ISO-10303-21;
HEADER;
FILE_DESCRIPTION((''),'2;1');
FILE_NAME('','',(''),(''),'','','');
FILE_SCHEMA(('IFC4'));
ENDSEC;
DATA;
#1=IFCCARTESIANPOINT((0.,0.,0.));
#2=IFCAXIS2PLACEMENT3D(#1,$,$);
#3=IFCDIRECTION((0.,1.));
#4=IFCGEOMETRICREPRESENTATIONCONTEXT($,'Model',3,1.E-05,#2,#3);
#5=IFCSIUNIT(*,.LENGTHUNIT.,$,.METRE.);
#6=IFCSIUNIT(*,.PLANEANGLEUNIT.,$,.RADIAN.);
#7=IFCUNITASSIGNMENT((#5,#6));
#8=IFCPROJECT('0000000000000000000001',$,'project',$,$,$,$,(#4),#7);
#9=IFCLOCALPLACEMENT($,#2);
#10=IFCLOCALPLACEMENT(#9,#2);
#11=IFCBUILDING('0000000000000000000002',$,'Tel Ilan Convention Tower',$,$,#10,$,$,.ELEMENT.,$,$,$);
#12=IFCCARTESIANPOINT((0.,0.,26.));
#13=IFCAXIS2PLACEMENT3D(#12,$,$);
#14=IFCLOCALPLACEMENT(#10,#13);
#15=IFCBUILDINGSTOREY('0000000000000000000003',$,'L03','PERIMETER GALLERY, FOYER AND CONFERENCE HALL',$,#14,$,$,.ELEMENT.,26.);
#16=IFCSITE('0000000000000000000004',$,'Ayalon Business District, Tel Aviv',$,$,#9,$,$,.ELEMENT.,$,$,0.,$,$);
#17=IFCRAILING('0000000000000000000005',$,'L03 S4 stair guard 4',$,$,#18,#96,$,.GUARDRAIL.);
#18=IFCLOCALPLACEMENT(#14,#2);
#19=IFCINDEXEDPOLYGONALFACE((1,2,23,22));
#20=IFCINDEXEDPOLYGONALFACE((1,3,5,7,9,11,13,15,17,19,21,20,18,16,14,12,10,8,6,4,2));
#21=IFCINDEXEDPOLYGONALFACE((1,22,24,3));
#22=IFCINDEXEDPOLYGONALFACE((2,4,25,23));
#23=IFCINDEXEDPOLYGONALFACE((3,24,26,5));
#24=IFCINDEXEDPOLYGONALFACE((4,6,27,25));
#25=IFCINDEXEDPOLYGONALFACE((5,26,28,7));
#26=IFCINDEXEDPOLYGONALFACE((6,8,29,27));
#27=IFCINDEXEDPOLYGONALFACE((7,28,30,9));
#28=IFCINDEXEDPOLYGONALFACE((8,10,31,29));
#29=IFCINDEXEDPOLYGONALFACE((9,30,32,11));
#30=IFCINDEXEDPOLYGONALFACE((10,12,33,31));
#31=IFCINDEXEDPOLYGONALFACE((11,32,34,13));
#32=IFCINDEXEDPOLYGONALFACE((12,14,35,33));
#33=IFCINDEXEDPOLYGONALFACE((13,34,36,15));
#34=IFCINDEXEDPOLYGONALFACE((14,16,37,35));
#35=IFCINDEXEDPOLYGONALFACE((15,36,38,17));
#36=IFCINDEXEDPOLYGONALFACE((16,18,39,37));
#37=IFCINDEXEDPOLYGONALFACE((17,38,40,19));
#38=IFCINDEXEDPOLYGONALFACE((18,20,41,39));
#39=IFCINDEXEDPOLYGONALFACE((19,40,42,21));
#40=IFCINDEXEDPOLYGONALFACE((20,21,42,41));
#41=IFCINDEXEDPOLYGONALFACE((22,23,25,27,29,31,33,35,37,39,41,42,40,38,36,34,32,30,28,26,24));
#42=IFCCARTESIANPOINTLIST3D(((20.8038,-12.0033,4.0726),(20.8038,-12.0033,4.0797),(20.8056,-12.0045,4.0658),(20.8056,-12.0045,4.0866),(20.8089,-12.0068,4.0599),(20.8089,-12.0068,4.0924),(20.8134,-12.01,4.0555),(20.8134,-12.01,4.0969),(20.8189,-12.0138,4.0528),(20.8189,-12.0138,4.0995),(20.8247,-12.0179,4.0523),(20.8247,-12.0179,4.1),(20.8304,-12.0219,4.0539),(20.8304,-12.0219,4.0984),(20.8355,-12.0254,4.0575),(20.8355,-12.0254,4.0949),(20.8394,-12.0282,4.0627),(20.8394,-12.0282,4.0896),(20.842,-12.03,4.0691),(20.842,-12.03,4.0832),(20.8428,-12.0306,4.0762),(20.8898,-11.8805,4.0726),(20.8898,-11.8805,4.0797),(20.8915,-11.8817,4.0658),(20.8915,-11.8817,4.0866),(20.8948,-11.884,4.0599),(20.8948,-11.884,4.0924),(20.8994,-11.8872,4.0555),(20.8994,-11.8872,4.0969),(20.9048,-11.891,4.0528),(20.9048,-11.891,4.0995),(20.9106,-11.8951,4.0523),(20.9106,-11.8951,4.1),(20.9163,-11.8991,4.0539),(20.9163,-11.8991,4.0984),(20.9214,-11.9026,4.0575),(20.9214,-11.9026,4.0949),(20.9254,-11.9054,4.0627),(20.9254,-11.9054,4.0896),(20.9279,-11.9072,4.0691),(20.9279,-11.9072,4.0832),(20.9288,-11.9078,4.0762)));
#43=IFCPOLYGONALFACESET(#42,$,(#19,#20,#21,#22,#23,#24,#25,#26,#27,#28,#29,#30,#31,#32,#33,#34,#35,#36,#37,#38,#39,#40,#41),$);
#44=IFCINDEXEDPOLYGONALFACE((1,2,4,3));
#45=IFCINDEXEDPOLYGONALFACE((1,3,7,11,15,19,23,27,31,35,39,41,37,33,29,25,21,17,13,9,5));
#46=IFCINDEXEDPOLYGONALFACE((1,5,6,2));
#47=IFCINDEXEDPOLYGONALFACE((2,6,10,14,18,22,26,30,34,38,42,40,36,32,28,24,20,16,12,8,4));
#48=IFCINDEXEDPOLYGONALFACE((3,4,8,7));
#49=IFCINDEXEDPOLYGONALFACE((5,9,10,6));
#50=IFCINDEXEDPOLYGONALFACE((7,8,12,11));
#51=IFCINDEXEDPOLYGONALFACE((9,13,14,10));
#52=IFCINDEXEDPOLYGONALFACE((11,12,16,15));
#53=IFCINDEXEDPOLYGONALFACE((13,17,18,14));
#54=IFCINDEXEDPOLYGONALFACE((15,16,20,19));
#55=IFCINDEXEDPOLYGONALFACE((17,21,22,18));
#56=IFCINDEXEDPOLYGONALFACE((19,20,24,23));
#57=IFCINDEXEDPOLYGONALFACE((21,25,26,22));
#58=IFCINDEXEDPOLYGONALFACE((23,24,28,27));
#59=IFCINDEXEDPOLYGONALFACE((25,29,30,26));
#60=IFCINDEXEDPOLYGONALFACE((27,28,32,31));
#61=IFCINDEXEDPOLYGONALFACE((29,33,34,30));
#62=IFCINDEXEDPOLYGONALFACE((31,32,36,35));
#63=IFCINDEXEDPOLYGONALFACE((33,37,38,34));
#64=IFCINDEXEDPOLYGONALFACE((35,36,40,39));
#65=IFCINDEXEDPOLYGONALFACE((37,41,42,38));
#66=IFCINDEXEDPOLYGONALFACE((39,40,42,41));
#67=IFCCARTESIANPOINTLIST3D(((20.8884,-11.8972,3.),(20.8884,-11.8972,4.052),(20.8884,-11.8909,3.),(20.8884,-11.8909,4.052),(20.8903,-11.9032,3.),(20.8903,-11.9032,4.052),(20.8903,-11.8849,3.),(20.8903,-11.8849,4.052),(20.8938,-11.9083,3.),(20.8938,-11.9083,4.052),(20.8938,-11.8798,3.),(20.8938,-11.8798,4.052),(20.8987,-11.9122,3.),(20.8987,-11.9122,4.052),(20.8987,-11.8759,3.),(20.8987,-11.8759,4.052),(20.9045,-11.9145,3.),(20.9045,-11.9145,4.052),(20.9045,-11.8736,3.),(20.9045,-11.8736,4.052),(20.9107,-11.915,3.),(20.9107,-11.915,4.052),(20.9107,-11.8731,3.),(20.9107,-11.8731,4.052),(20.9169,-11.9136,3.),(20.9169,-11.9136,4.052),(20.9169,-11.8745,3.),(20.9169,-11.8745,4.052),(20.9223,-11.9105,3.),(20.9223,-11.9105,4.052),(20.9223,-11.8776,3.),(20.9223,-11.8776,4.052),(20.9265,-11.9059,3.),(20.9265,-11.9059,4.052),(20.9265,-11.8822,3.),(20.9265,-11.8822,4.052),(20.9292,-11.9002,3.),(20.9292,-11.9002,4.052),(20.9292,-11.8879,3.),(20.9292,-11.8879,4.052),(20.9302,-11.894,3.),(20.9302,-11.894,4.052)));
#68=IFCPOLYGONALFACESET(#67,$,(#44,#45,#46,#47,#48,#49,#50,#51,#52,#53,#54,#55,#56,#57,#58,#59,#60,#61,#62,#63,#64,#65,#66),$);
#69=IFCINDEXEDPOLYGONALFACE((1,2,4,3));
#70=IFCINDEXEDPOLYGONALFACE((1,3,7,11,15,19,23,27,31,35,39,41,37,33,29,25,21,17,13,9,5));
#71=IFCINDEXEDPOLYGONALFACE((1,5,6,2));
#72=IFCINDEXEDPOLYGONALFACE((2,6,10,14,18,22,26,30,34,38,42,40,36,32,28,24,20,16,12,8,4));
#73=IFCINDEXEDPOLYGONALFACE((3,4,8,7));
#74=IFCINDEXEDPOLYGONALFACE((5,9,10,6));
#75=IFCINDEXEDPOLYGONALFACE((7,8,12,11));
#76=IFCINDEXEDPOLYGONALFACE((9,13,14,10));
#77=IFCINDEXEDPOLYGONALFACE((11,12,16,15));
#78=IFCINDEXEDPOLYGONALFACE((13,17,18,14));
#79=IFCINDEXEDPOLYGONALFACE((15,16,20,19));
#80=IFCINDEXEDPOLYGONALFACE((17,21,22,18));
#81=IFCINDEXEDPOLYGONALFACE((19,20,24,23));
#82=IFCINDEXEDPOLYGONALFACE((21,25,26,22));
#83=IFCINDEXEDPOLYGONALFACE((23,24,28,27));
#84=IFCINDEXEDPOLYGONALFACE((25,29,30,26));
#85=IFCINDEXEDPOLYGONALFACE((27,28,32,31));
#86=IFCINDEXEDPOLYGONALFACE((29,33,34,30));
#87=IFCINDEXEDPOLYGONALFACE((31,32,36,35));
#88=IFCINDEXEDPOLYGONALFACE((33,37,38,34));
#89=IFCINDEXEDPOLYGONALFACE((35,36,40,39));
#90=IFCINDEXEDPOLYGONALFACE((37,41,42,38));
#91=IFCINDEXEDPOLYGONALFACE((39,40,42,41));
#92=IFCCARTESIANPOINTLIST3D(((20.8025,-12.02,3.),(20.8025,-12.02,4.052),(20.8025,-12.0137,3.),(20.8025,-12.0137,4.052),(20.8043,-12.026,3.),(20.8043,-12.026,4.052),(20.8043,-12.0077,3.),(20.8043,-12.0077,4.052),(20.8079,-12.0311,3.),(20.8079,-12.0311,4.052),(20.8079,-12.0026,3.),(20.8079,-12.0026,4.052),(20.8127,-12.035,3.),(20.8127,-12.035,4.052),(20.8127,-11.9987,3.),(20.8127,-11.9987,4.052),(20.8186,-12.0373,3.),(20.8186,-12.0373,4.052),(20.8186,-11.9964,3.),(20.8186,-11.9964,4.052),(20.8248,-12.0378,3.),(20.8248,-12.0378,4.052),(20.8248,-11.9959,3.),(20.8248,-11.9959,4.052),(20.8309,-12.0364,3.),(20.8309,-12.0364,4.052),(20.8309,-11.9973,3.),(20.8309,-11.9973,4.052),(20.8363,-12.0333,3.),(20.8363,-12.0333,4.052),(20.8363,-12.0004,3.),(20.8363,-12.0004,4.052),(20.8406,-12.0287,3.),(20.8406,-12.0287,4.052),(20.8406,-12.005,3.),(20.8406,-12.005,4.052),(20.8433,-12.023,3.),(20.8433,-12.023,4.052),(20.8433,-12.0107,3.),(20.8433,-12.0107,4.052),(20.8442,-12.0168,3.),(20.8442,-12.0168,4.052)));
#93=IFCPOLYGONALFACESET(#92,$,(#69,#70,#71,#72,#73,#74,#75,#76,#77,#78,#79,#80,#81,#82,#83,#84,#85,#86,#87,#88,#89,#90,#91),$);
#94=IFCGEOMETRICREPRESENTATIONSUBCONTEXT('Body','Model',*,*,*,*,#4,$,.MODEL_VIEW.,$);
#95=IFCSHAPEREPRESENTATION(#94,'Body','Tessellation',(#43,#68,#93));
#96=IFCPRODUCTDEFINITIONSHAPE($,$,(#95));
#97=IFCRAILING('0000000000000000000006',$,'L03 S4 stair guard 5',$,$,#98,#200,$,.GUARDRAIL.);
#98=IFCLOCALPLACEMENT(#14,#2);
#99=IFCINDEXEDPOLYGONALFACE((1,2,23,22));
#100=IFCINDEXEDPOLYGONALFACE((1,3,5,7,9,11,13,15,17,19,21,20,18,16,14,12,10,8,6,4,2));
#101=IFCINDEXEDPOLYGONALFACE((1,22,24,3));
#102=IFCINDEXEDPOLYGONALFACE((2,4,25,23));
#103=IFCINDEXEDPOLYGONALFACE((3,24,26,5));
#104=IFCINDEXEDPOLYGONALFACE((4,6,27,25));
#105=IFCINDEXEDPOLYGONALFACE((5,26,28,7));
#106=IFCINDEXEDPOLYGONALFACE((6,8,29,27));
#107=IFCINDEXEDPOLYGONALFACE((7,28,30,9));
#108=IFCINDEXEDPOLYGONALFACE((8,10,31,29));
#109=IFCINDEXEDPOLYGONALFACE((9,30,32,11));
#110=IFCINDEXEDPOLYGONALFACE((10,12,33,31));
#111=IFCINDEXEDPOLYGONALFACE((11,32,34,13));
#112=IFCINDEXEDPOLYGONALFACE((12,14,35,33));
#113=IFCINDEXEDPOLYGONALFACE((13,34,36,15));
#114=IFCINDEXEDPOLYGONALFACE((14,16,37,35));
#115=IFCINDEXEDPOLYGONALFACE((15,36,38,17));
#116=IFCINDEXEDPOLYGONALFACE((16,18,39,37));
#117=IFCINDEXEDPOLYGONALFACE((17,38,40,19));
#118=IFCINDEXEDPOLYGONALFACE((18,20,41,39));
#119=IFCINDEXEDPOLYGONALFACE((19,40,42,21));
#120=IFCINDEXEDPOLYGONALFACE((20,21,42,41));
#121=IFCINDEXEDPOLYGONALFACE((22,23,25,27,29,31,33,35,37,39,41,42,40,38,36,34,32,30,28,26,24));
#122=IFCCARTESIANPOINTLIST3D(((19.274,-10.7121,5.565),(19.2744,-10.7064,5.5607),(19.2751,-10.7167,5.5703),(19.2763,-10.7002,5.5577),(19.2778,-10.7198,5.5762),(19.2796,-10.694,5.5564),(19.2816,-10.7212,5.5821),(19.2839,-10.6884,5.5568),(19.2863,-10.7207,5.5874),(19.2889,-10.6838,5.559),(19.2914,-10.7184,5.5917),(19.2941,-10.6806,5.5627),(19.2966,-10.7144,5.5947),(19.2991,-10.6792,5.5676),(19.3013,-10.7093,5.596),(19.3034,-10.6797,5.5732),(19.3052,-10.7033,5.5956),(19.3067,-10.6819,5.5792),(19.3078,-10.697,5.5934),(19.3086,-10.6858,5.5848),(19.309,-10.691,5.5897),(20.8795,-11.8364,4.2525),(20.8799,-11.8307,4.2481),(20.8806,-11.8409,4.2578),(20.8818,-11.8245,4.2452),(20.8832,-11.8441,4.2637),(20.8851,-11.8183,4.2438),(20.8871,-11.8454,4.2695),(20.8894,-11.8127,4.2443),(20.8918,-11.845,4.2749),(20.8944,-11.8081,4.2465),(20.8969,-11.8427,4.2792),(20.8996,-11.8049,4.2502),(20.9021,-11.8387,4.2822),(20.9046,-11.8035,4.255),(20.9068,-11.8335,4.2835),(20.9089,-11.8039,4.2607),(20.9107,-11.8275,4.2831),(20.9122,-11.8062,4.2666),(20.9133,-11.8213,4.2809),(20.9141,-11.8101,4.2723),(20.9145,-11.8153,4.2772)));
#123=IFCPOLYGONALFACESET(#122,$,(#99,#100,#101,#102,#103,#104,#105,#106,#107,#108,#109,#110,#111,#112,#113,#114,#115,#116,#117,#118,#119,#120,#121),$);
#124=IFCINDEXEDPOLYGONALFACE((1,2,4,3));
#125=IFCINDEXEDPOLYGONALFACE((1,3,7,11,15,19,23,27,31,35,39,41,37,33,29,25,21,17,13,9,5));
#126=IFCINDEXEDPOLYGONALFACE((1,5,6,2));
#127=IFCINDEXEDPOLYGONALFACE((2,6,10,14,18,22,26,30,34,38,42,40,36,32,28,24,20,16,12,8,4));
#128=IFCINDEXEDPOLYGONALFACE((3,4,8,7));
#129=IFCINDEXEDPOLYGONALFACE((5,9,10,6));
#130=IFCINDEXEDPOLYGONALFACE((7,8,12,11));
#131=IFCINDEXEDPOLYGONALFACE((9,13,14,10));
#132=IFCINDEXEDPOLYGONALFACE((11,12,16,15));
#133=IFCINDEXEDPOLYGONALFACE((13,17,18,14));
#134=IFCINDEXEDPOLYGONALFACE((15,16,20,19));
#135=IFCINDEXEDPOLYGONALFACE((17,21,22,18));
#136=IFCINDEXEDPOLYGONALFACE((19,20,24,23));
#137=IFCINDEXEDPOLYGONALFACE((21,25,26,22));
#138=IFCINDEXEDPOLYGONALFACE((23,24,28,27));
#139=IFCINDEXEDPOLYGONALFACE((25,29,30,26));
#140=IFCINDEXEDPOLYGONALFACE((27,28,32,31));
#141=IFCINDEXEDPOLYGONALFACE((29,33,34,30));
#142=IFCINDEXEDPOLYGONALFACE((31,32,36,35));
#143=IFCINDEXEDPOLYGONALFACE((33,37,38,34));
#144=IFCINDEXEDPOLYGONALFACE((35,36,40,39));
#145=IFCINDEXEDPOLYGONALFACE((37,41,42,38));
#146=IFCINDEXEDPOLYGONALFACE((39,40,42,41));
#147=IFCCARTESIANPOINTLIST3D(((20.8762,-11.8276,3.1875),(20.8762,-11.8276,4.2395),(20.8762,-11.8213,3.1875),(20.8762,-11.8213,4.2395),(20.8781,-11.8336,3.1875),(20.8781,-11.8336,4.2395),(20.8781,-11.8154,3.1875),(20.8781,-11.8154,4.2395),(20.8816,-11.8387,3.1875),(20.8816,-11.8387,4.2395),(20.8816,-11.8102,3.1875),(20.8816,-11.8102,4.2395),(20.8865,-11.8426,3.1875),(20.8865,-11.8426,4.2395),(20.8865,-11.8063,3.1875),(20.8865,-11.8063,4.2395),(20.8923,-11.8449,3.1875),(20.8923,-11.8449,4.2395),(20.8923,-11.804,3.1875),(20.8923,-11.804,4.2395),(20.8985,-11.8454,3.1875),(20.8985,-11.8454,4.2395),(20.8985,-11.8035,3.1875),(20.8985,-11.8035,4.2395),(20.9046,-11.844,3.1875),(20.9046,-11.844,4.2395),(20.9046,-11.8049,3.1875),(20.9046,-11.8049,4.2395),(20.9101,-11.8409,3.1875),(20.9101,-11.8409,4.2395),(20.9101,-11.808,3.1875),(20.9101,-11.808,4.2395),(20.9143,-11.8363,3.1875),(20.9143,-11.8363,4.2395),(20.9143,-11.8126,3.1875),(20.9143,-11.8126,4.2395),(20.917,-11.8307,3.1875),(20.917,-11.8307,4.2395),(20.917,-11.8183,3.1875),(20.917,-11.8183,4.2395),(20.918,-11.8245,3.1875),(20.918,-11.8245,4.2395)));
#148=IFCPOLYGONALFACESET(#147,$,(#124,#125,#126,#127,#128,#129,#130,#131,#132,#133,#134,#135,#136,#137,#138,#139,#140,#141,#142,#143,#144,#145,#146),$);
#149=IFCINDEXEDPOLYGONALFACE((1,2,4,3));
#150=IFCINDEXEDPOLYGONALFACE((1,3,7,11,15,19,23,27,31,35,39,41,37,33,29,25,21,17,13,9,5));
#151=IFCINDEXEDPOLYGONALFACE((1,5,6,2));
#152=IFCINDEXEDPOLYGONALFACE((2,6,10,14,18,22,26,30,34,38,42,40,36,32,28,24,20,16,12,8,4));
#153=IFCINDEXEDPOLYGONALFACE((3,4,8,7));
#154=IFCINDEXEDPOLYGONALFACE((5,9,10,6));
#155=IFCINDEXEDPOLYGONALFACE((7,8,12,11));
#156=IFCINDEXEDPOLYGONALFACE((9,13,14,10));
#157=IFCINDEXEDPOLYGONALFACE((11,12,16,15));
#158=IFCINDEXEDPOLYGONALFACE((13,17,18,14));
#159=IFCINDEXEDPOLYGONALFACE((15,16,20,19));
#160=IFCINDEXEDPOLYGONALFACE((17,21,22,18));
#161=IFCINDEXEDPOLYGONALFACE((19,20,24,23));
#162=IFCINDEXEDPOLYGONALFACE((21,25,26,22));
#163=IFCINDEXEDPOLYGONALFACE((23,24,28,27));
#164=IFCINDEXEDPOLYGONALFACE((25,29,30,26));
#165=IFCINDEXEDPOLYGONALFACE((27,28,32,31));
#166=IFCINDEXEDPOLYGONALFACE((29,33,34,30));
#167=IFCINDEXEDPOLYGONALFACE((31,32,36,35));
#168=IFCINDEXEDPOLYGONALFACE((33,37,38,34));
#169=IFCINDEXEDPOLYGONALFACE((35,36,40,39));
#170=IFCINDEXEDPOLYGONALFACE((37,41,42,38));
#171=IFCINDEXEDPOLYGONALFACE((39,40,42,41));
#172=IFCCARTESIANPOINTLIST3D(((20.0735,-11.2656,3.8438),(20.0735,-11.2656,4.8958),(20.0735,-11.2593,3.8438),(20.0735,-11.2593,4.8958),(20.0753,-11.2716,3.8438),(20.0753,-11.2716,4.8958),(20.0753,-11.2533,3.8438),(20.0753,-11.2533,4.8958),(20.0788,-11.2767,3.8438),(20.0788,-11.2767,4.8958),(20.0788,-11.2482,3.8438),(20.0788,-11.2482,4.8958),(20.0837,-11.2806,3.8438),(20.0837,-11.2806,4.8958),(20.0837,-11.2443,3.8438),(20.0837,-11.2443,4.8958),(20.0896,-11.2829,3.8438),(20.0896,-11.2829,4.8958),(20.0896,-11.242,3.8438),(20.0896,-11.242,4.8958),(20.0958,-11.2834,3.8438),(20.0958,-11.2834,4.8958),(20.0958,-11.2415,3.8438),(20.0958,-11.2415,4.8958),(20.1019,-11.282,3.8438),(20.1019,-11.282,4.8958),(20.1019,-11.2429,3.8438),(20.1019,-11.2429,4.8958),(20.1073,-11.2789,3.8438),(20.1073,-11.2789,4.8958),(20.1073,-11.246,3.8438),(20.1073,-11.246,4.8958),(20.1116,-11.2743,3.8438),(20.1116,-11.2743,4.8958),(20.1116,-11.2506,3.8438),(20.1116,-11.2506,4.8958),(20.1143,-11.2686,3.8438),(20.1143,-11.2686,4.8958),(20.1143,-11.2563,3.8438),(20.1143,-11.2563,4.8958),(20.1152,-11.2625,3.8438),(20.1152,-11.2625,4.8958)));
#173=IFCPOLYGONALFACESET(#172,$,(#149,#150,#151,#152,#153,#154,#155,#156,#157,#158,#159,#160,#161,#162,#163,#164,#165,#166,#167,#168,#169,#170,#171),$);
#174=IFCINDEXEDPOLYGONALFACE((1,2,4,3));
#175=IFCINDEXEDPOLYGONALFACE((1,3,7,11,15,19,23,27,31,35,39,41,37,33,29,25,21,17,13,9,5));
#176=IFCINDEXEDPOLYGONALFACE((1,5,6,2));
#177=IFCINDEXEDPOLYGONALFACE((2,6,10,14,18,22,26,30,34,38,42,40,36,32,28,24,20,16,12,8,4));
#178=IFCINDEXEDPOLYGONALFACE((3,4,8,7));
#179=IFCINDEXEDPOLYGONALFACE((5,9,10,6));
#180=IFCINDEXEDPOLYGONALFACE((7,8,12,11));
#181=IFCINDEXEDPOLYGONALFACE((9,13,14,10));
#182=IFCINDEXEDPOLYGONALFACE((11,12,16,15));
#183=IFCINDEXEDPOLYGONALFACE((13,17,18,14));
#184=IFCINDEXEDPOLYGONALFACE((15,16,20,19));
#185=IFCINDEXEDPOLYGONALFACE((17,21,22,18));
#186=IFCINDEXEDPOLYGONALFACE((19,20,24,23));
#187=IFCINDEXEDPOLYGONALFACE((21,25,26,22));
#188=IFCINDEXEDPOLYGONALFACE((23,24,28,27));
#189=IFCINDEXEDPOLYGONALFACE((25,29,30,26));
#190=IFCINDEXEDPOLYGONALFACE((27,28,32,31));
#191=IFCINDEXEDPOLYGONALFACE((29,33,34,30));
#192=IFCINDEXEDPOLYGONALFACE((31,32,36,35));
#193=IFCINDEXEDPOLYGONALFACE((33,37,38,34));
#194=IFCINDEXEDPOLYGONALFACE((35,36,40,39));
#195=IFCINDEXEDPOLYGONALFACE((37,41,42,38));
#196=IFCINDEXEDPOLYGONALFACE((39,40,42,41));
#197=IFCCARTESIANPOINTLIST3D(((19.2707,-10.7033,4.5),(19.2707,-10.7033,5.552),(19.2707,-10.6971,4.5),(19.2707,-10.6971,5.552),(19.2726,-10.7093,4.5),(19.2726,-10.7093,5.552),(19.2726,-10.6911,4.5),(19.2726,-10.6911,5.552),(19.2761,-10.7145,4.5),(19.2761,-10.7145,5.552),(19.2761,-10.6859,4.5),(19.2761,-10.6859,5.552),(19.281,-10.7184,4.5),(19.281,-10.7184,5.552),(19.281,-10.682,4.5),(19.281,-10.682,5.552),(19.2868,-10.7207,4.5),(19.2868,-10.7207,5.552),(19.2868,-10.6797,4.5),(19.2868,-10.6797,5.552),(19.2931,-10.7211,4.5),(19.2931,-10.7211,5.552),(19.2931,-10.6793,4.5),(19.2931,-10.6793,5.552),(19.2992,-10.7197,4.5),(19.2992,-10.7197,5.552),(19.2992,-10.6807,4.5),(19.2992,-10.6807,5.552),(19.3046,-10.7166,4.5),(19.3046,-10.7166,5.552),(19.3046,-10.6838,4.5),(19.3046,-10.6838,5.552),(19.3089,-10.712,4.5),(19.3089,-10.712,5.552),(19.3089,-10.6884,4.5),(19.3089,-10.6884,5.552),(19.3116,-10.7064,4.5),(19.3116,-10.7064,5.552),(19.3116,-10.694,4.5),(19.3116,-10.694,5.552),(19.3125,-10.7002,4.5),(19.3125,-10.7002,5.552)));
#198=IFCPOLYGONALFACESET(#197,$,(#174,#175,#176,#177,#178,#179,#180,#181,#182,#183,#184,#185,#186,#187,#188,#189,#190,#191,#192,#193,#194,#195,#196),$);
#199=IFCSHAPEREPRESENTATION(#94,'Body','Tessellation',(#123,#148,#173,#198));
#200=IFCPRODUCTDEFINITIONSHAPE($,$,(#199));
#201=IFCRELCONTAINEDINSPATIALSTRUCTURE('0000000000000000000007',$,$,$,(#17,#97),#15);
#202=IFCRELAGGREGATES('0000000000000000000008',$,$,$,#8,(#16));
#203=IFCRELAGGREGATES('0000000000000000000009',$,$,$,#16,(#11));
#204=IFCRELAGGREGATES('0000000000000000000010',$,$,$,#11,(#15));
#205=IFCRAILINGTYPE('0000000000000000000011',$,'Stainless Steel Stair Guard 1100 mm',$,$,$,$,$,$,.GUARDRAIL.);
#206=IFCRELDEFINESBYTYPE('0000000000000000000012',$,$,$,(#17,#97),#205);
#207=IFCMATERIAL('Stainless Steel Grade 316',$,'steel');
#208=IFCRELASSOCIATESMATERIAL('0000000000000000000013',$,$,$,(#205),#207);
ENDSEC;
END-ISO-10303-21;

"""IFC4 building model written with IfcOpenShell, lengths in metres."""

from ifc_helpers import new_model, si_unit, direction, frame, origin, origin_2d, place, context, subcontext, project, spatial, circle, extrude, material, type_object, element, save


model = new_model("IFC4")

# Units and contexts
model_context = context("Model", 3, precision=1e-05, world=origin(), true_north=direction((0.0, 1.0)))
body_context = subcontext(model_context, "Body", "Model", "MODEL_VIEW")
ifc_project = project(units=[si_unit("LENGTHUNIT", "METRE"), si_unit("PLANEANGLEUNIT", "RADIAN")], contexts=[model_context])

# Site, building, storey
site_placement = place(None, origin())
site = spatial("IfcSite", under=ifc_project, at=site_placement, Name="Ayalon Business District, Tel Aviv", CompositionType="ELEMENT", RefElevation=0.0)
building_placement = place(site_placement, origin())
building = spatial("IfcBuilding", under=site, at=building_placement, Name="Tel Ilan Convention Tower", CompositionType="ELEMENT")
storey_placement = place(building_placement, frame((0.0, 0.0, 26.0)))
storey = spatial("IfcBuildingStorey", under=building, at=storey_placement, Name="L03", Description="PERIMETER GALLERY, FOYER AND CONFERENCE HALL", CompositionType="ELEMENT", Elevation=26.0)

# Railings
ifc_material_1 = material(Name="Stainless Steel Grade 316", Category="steel")
railing_type_1 = type_object("IfcRailingType", Name="Stainless Steel Stair Guard 1100 mm", PredefinedType="GUARDRAIL", material=ifc_material_1)
railing_1_placement = place(storey_placement, frame((20.9092, -11.894, 3.0)))
element("IfcRailing", 1, at=railing_1_placement, inside=storey, type_object=railing_type_1, Name="L03 S4 stair guard 4", PredefinedType="GUARDRAIL", context=body_context, shape_type="SweptSolid", body=[
    extrude(circle(Radius=0.0239, at=origin_2d()), frame((0.0, 0.0, 1.0762), z_axis=(-0.573353, -0.819308, 0.0), x_axis=(0.819308, -0.573353, 0.0)), (0.0, 0.0, 1.0), 0.1499),
    extrude(circle(Radius=0.021, at=origin_2d()), origin(), (0.0, 0.0, 1.0), 1.052),
    extrude(circle(Radius=0.021, at=origin_2d()), frame((-0.0859, -0.1228, 0.0)), (0.0, 0.0, 1.0), 1.052),
])
railing_2_placement = place(storey_placement, frame((20.897, -11.8245, 3.1875)))
element("IfcRailing", 2, at=railing_2_placement, inside=storey, type_object=railing_type_1, Name="L03 S4 stair guard 5", PredefinedType="GUARDRAIL", context=body_context, shape_type="SweptSolid", body=[
    extrude(circle(Radius=0.0239, at=origin_2d()), frame((0.0, 0.0, 1.0762), z_axis=(-0.680616, 0.476617, 0.556416), x_axis=(-0.573613, -0.819127, 0.0)), (0.0, 0.0, 1.0), 2.3589),
    extrude(circle(Radius=0.021, at=origin_2d()), origin(), (0.0, 0.0, 1.0), 1.052),
    extrude(circle(Radius=0.021, at=origin_2d()), frame((-0.8027, 0.562, 0.6562)), (0.0, 0.0, 1.0), 1.052),
    extrude(circle(Radius=0.021, at=origin_2d()), frame((-1.6055, 1.1243, 1.3125)), (0.0, 0.0, 1.0), 1.052),
])

save(model, "model.ifc")
